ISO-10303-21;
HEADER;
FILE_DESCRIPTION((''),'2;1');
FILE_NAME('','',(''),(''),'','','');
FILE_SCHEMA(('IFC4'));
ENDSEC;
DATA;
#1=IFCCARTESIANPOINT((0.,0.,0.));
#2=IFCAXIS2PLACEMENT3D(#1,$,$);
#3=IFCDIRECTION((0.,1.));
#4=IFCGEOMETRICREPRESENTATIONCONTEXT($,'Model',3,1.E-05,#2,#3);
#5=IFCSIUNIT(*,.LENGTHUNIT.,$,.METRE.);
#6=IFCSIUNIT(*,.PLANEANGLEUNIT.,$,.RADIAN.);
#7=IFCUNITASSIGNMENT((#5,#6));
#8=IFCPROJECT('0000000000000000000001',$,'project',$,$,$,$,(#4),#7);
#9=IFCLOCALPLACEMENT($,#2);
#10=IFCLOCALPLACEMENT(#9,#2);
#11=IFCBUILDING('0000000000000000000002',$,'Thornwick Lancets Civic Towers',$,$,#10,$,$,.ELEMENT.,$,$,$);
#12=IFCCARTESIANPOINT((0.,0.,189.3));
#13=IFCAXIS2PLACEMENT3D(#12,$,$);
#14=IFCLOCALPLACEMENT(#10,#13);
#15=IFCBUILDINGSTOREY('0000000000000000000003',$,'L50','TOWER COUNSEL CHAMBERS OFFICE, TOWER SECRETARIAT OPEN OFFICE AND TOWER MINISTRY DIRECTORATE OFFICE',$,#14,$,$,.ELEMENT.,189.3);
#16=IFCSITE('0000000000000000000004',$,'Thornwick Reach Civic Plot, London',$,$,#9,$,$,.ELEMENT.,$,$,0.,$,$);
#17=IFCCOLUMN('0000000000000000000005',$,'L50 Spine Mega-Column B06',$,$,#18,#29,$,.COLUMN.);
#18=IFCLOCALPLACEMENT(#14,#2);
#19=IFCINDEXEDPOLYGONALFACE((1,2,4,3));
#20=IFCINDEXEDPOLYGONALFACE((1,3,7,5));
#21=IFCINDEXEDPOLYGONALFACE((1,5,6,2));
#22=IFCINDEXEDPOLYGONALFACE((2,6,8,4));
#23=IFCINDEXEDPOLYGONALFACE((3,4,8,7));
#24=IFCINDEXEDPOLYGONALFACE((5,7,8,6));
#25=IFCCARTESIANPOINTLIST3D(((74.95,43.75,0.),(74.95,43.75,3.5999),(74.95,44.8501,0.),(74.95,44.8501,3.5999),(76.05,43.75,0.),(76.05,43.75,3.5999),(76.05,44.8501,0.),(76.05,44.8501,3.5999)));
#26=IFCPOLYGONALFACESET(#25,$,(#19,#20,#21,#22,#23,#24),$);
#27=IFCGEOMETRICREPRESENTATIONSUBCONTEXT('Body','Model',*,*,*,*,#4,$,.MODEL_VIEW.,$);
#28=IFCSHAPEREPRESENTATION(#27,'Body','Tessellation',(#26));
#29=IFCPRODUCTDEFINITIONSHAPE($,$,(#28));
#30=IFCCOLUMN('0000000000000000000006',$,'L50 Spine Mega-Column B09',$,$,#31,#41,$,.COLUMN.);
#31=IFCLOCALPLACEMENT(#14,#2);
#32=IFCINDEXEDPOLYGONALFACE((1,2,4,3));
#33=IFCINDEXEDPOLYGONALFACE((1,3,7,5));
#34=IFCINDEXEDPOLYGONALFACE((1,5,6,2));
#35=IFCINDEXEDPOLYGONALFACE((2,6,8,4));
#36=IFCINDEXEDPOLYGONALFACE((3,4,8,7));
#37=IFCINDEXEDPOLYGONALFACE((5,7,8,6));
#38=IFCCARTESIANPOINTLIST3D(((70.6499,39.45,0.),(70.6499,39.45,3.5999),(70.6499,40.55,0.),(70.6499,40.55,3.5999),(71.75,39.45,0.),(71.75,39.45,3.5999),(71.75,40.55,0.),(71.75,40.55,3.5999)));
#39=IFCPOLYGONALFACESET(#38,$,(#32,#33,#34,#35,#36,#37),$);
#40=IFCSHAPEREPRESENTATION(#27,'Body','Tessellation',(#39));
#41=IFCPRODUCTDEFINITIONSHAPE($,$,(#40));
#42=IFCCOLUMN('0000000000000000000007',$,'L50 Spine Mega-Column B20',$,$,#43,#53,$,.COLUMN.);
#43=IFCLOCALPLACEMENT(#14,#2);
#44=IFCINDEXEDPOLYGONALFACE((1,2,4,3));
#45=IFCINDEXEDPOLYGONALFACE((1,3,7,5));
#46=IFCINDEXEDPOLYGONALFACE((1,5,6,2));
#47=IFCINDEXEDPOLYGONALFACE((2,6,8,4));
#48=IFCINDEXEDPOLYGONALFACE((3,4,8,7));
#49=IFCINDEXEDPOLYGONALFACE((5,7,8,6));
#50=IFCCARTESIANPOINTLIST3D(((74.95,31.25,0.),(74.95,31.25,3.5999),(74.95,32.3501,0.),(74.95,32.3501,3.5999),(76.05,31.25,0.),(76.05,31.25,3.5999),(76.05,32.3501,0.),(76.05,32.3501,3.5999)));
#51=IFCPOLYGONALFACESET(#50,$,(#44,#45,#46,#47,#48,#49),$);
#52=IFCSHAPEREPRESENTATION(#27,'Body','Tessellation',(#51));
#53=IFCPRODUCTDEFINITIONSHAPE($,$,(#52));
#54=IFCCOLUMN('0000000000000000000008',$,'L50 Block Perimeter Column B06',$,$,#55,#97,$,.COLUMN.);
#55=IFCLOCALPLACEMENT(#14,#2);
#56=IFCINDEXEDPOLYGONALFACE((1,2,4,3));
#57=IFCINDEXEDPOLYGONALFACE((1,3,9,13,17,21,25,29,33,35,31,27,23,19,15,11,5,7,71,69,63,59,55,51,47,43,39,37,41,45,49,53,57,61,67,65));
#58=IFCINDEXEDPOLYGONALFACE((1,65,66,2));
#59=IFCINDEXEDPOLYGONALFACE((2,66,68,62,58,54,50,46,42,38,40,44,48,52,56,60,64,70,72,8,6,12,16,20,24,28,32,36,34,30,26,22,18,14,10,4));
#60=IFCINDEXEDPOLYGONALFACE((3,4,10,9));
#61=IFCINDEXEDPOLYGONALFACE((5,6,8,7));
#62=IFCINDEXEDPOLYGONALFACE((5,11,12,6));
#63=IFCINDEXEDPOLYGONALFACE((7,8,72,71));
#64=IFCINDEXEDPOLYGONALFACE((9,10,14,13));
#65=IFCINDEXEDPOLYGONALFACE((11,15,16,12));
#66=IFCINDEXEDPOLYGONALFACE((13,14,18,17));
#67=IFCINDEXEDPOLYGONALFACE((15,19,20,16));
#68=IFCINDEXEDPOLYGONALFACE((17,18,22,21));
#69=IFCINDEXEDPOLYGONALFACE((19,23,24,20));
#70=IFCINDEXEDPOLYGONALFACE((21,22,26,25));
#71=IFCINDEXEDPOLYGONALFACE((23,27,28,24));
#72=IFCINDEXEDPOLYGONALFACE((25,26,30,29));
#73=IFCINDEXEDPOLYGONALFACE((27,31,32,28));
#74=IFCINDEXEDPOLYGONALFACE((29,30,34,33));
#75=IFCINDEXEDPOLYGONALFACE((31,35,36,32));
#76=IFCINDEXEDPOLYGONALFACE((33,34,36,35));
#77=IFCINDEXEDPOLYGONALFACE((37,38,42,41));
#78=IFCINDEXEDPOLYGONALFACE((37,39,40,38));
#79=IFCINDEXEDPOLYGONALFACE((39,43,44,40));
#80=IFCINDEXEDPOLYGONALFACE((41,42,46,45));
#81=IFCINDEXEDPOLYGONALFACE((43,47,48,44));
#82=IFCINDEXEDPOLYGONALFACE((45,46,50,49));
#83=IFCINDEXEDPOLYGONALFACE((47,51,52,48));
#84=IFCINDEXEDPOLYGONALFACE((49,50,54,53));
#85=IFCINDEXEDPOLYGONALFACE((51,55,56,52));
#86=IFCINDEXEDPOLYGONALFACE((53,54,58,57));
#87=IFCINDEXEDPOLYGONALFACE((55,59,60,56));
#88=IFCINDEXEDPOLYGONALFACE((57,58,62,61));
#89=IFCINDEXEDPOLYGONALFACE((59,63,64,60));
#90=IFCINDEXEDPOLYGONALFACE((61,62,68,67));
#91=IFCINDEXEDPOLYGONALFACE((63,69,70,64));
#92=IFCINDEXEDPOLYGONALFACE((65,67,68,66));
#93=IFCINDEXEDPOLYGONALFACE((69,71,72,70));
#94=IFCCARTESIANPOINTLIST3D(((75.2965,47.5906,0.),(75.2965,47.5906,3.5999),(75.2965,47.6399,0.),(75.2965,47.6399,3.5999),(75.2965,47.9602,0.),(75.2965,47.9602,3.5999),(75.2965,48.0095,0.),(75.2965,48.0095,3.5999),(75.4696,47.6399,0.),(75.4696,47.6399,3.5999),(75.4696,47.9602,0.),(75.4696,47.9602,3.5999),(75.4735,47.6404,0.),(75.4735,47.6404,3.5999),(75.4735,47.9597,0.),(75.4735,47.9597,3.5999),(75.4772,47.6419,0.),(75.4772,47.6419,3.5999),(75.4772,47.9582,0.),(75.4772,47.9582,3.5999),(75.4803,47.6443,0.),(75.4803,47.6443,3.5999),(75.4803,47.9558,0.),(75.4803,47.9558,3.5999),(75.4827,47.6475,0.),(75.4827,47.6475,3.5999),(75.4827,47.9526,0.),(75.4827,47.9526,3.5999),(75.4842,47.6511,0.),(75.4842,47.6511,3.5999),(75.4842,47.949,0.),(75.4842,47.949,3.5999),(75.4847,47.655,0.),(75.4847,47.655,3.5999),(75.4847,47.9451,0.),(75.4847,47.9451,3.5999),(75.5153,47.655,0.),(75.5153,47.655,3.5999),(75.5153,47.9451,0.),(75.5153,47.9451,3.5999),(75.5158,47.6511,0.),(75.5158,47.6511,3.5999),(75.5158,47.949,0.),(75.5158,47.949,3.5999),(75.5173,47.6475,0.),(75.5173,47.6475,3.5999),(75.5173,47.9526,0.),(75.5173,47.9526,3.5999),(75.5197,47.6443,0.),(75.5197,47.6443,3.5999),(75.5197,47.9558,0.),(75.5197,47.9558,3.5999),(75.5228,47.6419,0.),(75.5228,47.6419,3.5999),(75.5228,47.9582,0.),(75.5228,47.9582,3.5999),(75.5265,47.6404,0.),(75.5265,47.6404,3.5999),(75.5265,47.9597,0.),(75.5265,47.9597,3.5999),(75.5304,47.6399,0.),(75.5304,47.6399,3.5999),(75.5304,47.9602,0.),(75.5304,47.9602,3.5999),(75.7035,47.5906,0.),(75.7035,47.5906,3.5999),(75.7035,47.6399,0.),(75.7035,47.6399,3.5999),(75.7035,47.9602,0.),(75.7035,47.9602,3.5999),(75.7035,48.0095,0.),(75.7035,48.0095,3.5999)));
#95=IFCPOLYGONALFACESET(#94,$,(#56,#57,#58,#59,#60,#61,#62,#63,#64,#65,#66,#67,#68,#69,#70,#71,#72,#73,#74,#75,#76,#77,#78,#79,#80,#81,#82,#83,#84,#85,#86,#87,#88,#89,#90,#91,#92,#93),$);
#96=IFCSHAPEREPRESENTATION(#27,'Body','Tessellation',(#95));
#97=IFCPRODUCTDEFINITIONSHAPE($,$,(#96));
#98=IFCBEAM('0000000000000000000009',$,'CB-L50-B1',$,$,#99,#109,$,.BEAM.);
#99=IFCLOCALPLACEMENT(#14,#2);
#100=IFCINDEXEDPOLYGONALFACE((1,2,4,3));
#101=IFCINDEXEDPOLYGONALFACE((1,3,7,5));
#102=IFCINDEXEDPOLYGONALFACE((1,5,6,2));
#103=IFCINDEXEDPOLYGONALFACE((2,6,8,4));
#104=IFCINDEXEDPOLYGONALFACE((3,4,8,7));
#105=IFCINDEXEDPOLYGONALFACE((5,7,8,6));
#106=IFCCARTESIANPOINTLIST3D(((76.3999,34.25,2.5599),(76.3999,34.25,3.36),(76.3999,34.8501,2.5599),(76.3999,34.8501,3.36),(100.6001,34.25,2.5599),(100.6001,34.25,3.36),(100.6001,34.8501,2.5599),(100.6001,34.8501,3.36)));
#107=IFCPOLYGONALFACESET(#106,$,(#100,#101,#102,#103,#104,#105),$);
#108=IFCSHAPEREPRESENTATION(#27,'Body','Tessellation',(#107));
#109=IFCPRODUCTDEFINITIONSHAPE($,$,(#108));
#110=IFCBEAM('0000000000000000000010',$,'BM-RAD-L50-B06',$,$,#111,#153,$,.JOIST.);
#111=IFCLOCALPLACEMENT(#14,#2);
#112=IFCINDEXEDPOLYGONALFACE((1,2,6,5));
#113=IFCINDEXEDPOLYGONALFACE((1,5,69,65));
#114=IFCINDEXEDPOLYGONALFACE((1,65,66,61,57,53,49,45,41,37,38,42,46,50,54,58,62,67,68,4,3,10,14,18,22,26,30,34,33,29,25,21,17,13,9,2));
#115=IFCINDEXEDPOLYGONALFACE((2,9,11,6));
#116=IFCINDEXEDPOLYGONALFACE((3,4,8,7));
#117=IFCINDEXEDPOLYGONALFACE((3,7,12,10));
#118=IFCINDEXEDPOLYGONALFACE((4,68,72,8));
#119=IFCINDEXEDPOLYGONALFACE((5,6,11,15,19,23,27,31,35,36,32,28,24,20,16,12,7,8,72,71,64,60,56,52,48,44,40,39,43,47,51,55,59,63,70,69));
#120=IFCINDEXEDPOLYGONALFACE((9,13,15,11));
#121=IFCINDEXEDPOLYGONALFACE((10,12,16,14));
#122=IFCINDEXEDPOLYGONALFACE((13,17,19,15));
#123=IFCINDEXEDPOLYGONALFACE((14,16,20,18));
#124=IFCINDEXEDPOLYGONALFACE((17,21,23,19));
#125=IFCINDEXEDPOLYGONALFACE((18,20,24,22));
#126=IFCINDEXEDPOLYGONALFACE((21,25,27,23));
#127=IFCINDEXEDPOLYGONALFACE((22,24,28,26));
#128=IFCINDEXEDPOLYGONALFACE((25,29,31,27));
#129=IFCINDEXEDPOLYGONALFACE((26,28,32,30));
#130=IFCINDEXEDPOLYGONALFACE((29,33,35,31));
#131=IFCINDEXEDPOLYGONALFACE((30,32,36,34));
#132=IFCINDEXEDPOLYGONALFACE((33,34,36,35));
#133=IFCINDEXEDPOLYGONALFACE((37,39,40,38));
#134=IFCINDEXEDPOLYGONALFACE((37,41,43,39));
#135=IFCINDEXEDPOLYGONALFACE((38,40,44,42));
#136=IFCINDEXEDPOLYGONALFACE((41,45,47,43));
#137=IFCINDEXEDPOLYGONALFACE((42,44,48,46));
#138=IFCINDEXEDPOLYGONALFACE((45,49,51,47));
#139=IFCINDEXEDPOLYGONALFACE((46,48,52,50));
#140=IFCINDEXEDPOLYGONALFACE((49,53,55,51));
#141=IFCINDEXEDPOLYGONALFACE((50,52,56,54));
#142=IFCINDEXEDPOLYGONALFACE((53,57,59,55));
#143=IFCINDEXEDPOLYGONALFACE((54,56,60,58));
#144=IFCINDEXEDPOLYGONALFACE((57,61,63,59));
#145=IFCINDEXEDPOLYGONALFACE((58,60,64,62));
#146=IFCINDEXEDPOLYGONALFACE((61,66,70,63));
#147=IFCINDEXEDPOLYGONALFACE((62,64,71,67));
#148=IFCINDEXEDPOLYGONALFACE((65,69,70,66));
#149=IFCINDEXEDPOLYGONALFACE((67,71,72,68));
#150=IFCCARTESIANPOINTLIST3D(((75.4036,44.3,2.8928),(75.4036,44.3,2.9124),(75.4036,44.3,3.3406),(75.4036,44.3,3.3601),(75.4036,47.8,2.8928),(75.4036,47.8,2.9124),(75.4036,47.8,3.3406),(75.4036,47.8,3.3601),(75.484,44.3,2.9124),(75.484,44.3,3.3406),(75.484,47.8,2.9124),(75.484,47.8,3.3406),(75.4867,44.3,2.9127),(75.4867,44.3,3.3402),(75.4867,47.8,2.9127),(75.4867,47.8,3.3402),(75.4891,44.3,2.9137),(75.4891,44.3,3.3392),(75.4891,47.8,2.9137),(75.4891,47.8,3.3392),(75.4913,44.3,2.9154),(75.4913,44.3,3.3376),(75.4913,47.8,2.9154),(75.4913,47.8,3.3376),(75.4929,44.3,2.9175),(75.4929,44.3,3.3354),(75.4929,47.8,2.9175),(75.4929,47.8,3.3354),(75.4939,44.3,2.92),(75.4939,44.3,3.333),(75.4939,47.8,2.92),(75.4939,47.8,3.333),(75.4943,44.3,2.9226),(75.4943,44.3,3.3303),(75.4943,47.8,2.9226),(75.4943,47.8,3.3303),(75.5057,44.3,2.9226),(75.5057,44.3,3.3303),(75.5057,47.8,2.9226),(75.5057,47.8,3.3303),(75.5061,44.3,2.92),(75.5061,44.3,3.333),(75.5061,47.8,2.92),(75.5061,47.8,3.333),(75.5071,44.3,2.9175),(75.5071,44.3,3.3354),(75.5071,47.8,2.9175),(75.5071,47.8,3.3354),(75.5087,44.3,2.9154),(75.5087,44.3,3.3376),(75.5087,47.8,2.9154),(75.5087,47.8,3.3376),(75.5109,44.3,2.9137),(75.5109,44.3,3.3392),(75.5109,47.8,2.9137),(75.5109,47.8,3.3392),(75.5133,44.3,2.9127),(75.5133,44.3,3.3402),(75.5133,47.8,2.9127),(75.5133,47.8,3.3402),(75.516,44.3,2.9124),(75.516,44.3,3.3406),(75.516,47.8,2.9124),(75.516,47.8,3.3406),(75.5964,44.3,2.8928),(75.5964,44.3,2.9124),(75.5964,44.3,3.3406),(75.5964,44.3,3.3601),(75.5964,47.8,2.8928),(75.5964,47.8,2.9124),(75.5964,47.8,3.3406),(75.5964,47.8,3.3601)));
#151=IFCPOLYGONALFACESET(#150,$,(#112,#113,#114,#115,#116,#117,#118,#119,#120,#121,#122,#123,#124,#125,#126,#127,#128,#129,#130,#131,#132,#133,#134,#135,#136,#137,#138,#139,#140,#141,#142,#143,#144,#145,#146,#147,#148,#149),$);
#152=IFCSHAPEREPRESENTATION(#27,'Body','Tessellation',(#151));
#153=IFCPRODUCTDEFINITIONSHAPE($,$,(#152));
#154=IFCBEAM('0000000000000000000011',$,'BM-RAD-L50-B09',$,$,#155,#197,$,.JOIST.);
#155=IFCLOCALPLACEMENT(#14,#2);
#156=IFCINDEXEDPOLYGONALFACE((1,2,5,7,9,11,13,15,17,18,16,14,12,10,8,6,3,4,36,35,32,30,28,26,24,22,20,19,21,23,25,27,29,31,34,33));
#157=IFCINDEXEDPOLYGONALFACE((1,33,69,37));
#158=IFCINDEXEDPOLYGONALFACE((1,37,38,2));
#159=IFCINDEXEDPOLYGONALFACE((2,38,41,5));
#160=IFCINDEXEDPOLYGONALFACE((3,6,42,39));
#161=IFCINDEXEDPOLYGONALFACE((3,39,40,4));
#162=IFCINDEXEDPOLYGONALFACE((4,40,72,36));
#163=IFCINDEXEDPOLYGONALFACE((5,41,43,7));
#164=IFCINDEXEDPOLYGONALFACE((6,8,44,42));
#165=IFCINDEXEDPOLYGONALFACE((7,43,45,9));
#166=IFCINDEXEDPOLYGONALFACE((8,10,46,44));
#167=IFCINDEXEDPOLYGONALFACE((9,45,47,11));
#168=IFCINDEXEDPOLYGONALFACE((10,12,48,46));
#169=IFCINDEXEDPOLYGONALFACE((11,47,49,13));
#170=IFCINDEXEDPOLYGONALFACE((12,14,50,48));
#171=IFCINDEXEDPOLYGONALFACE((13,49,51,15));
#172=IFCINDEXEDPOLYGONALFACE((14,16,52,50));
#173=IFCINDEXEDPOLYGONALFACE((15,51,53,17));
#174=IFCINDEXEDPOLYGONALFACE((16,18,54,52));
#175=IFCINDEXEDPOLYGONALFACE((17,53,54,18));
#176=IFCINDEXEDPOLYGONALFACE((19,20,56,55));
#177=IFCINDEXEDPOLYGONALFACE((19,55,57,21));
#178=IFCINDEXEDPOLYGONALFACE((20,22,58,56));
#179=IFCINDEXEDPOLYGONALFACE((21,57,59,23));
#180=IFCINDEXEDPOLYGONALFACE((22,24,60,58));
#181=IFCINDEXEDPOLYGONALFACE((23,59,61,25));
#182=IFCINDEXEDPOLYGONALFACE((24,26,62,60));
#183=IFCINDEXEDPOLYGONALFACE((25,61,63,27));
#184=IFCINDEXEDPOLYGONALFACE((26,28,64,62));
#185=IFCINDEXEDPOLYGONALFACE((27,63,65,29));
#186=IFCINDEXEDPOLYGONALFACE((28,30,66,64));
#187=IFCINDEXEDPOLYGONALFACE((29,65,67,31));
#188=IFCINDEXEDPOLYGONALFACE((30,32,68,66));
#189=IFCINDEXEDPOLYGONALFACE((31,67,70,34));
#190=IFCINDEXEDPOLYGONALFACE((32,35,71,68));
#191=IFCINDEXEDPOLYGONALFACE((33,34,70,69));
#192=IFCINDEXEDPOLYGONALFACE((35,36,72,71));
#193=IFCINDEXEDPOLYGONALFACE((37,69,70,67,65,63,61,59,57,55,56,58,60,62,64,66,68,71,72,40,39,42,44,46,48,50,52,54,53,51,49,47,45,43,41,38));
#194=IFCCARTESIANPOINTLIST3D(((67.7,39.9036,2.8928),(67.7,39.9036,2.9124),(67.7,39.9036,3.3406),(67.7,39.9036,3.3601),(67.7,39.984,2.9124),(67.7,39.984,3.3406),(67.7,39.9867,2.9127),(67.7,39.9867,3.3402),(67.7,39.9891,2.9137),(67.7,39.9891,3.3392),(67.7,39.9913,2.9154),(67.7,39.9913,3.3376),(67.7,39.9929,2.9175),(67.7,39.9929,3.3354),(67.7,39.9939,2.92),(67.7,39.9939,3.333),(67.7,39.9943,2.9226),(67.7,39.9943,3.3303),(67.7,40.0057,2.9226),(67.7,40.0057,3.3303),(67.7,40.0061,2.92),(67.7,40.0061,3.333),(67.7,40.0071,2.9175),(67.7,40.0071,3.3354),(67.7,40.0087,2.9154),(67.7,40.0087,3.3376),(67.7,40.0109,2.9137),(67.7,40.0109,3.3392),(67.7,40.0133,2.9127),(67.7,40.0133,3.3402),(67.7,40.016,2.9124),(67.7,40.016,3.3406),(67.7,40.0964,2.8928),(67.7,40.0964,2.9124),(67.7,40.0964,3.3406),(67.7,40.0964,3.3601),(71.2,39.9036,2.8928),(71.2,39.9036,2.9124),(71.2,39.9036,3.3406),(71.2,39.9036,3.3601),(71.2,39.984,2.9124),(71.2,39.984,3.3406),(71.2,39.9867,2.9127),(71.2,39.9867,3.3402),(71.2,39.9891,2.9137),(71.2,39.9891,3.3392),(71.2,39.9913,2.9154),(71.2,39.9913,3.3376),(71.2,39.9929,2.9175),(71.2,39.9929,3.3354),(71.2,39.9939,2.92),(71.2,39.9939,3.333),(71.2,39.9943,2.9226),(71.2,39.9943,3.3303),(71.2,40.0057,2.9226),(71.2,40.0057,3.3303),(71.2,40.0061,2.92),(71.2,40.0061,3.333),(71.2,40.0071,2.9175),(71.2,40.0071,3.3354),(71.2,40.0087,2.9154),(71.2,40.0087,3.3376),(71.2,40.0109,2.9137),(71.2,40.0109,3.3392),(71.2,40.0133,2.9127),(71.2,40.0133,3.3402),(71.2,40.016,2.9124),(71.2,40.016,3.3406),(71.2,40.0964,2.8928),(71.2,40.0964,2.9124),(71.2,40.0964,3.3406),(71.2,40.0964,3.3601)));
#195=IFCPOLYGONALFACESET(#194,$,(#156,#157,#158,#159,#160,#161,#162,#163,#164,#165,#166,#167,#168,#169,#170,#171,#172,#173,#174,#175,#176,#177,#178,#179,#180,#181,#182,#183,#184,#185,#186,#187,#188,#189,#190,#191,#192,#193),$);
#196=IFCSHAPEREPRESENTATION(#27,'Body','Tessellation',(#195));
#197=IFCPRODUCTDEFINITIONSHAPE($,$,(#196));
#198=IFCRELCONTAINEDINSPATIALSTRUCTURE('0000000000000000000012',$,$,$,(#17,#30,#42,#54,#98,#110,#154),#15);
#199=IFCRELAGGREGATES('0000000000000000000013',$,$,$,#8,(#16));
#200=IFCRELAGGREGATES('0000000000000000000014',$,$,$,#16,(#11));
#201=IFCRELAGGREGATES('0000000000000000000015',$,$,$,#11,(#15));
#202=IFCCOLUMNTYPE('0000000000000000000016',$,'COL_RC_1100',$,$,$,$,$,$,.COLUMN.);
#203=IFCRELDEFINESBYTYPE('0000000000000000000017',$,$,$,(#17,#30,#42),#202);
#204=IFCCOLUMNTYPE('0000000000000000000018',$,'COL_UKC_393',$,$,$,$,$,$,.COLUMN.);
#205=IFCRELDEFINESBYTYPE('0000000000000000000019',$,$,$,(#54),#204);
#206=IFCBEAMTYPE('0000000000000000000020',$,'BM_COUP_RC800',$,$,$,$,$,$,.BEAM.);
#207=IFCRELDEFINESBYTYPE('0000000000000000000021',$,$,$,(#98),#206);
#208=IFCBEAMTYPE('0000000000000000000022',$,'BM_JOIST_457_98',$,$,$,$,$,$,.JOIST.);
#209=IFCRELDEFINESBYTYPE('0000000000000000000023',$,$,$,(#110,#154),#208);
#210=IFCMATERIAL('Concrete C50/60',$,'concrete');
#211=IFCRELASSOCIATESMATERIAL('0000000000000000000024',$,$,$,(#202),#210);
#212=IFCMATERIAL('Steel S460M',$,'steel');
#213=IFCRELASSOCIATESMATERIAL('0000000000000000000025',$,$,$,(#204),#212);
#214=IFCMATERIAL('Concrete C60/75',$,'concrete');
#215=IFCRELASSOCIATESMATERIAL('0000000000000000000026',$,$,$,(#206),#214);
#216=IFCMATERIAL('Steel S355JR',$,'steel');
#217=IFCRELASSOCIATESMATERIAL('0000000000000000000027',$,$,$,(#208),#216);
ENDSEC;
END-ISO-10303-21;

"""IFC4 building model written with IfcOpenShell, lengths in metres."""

from ifc_helpers import new_model, si_unit, direction, frame, origin, origin_2d, place, context, subcontext, project, spatial, rectangle, i_section, extrude, material, material_profile, profile_set, type_object, element, save


model = new_model("IFC4")

# Units and contexts
model_context = context("Model", 3, precision=1e-05, world=origin(), true_north=direction((0.0, 1.0)))
body_context = subcontext(model_context, "Body", "Model", "MODEL_VIEW")
ifc_project = project(units=[si_unit("LENGTHUNIT", "METRE"), si_unit("PLANEANGLEUNIT", "RADIAN")], contexts=[model_context])

# Site, building, storey
site_placement = place(None, origin())
site = spatial("IfcSite", under=ifc_project, at=site_placement, Name="Thornwick Reach Civic Plot, London", CompositionType="ELEMENT", RefElevation=0.0)
building_placement = place(site_placement, origin())
building = spatial("IfcBuilding", under=site, at=building_placement, Name="Thornwick Lancets Civic Towers", CompositionType="ELEMENT")
storey_placement = place(building_placement, frame((0.0, 0.0, 189.3)))
storey = spatial("IfcBuildingStorey", under=building, at=storey_placement, Name="L50", Description="TOWER COUNSEL CHAMBERS OFFICE, TOWER SECRETARIAT OPEN OFFICE AND TOWER MINISTRY DIRECTORATE OFFICE", CompositionType="ELEMENT", Elevation=189.3)

# Columns
ifc_material_1 = material(Name="Concrete C50/60", Category="concrete")
ifc_material_profile_1 = material_profile(ifc_material_1, rectangle(XDim=1.1001, YDim=1.1001, at=origin_2d()), Name="RC 1100x1100")
ifc_profile_set_1 = profile_set([ifc_material_profile_1], Name="Concrete C50/60")
column_type_1 = type_object("IfcColumnType", Name="COL_RC_1100", PredefinedType="COLUMN", material=ifc_profile_set_1)
for number, where, z_axis, x_axis, name in (
    (1, (75.5, 44.3, 0.0), (0.0, 0.0, 1.0), (1.0, 0.0, 0.0), "L50 Spine Mega-Column B06"),
    (2, (71.2, 40.0, 0.0), (0.0, 0.0, 1.0), (1.0, 0.0, 0.0), "L50 Spine Mega-Column B09"),
    (3, (75.5, 31.8, 0.0), (0.0, 0.0, 1.0), (1.0, 0.0, 0.0), "L50 Spine Mega-Column B20"),
):
    element("IfcColumn", number, at=place(storey_placement, frame(where, z_axis=z_axis, x_axis=x_axis)), inside=storey, type_object=column_type_1, Name=name, PredefinedType="COLUMN", context=body_context, shape_type="SweptSolid", body=[
        extrude(rectangle(XDim=1.1001, YDim=1.1001, at=origin_2d()), origin(), (0.0, 0.0, 1.0), 3.5999),
    ])
ifc_material_2 = material(Name="Steel S460M", Category="steel")
ifc_material_profile_2 = material_profile(ifc_material_2, i_section(OverallWidth=0.407, OverallDepth=0.4189, WebThickness=0.0305, FlangeThickness=0.0493, FilletRadius=0.0151, at=origin_2d()), Name="UKC 356x406x393")
ifc_profile_set_2 = profile_set([ifc_material_profile_2], Name="Steel S460M")
column_type_2 = type_object("IfcColumnType", Name="COL_UKC_393", PredefinedType="COLUMN", material=ifc_profile_set_2)
column_placement = place(storey_placement, frame((75.5, 47.8, 0.0), z_axis=(0.0, 0.0, 1.0), x_axis=(1.0, 0.0, 0.0)))
element("IfcColumn", 4, at=column_placement, inside=storey, type_object=column_type_2, Name="L50 Block Perimeter Column B06", PredefinedType="COLUMN", context=body_context, shape_type="SweptSolid", body=[
    extrude(i_section(OverallWidth=0.407, OverallDepth=0.4189, WebThickness=0.0305, FlangeThickness=0.0493, FilletRadius=0.0151, at=origin_2d()), origin(), (0.0, 0.0, 1.0), 3.5999),
])

# Beams
ifc_material_3 = material(Name="Concrete C60/75", Category="concrete")
ifc_material_profile_3 = material_profile(ifc_material_3, rectangle(XDim=0.6001, YDim=0.8, at=origin_2d()), Name="RC 600x800")
ifc_profile_set_3 = profile_set([ifc_material_profile_3], Name="Concrete C60/75")
beam_type_1 = type_object("IfcBeamType", Name="BM_COUP_RC800", PredefinedType="BEAM", material=ifc_profile_set_3)
beam_1_placement = place(storey_placement, frame((76.3999, 34.55, 2.96), z_axis=(1.0, 0.0, 0.0), x_axis=(0.0, 1.0, 0.0)))
element("IfcBeam", 5, at=beam_1_placement, inside=storey, type_object=beam_type_1, Name="CB-L50-B1", PredefinedType="BEAM", context=body_context, shape_type="SweptSolid", body=[
    extrude(rectangle(XDim=0.6001, YDim=0.8, at=origin_2d()), origin(), (0.0, 0.0, 1.0), 24.2002),
])
ifc_material_4 = material(Name="Steel S355JR", Category="steel")
ifc_material_profile_4 = material_profile(ifc_material_4, i_section(OverallWidth=0.1929, OverallDepth=0.4673, WebThickness=0.0115, FlangeThickness=0.0195, FilletRadius=0.0103, at=origin_2d()), Name="UKB 457x191x98")
ifc_profile_set_4 = profile_set([ifc_material_profile_4], Name="Steel S355JR")
beam_type_2 = type_object("IfcBeamType", Name="BM_JOIST_457_98", PredefinedType="JOIST", material=ifc_profile_set_4)
for number, where, z_axis, x_axis, name in (
    (6, (75.5, 44.3, 3.1265), (0.0, 1.0, 0.0), (-1.0, 0.0, 0.0), "BM-RAD-L50-B06"),
    (7, (71.2, 40.0, 3.1265), (-1.0, 0.0, 0.0), (0.0, -1.0, 0.0), "BM-RAD-L50-B09"),
):
    element("IfcBeam", number, at=place(storey_placement, frame(where, z_axis=z_axis, x_axis=x_axis)), inside=storey, type_object=beam_type_2, Name=name, PredefinedType="JOIST", context=body_context, shape_type="SweptSolid", body=[
        extrude(i_section(OverallWidth=0.1929, OverallDepth=0.4673, WebThickness=0.0115, FlangeThickness=0.0195, FilletRadius=0.0103, at=origin_2d()), origin(), (0.0, 0.0, 1.0), 3.5),
    ])

save(model, "model.ifc")
